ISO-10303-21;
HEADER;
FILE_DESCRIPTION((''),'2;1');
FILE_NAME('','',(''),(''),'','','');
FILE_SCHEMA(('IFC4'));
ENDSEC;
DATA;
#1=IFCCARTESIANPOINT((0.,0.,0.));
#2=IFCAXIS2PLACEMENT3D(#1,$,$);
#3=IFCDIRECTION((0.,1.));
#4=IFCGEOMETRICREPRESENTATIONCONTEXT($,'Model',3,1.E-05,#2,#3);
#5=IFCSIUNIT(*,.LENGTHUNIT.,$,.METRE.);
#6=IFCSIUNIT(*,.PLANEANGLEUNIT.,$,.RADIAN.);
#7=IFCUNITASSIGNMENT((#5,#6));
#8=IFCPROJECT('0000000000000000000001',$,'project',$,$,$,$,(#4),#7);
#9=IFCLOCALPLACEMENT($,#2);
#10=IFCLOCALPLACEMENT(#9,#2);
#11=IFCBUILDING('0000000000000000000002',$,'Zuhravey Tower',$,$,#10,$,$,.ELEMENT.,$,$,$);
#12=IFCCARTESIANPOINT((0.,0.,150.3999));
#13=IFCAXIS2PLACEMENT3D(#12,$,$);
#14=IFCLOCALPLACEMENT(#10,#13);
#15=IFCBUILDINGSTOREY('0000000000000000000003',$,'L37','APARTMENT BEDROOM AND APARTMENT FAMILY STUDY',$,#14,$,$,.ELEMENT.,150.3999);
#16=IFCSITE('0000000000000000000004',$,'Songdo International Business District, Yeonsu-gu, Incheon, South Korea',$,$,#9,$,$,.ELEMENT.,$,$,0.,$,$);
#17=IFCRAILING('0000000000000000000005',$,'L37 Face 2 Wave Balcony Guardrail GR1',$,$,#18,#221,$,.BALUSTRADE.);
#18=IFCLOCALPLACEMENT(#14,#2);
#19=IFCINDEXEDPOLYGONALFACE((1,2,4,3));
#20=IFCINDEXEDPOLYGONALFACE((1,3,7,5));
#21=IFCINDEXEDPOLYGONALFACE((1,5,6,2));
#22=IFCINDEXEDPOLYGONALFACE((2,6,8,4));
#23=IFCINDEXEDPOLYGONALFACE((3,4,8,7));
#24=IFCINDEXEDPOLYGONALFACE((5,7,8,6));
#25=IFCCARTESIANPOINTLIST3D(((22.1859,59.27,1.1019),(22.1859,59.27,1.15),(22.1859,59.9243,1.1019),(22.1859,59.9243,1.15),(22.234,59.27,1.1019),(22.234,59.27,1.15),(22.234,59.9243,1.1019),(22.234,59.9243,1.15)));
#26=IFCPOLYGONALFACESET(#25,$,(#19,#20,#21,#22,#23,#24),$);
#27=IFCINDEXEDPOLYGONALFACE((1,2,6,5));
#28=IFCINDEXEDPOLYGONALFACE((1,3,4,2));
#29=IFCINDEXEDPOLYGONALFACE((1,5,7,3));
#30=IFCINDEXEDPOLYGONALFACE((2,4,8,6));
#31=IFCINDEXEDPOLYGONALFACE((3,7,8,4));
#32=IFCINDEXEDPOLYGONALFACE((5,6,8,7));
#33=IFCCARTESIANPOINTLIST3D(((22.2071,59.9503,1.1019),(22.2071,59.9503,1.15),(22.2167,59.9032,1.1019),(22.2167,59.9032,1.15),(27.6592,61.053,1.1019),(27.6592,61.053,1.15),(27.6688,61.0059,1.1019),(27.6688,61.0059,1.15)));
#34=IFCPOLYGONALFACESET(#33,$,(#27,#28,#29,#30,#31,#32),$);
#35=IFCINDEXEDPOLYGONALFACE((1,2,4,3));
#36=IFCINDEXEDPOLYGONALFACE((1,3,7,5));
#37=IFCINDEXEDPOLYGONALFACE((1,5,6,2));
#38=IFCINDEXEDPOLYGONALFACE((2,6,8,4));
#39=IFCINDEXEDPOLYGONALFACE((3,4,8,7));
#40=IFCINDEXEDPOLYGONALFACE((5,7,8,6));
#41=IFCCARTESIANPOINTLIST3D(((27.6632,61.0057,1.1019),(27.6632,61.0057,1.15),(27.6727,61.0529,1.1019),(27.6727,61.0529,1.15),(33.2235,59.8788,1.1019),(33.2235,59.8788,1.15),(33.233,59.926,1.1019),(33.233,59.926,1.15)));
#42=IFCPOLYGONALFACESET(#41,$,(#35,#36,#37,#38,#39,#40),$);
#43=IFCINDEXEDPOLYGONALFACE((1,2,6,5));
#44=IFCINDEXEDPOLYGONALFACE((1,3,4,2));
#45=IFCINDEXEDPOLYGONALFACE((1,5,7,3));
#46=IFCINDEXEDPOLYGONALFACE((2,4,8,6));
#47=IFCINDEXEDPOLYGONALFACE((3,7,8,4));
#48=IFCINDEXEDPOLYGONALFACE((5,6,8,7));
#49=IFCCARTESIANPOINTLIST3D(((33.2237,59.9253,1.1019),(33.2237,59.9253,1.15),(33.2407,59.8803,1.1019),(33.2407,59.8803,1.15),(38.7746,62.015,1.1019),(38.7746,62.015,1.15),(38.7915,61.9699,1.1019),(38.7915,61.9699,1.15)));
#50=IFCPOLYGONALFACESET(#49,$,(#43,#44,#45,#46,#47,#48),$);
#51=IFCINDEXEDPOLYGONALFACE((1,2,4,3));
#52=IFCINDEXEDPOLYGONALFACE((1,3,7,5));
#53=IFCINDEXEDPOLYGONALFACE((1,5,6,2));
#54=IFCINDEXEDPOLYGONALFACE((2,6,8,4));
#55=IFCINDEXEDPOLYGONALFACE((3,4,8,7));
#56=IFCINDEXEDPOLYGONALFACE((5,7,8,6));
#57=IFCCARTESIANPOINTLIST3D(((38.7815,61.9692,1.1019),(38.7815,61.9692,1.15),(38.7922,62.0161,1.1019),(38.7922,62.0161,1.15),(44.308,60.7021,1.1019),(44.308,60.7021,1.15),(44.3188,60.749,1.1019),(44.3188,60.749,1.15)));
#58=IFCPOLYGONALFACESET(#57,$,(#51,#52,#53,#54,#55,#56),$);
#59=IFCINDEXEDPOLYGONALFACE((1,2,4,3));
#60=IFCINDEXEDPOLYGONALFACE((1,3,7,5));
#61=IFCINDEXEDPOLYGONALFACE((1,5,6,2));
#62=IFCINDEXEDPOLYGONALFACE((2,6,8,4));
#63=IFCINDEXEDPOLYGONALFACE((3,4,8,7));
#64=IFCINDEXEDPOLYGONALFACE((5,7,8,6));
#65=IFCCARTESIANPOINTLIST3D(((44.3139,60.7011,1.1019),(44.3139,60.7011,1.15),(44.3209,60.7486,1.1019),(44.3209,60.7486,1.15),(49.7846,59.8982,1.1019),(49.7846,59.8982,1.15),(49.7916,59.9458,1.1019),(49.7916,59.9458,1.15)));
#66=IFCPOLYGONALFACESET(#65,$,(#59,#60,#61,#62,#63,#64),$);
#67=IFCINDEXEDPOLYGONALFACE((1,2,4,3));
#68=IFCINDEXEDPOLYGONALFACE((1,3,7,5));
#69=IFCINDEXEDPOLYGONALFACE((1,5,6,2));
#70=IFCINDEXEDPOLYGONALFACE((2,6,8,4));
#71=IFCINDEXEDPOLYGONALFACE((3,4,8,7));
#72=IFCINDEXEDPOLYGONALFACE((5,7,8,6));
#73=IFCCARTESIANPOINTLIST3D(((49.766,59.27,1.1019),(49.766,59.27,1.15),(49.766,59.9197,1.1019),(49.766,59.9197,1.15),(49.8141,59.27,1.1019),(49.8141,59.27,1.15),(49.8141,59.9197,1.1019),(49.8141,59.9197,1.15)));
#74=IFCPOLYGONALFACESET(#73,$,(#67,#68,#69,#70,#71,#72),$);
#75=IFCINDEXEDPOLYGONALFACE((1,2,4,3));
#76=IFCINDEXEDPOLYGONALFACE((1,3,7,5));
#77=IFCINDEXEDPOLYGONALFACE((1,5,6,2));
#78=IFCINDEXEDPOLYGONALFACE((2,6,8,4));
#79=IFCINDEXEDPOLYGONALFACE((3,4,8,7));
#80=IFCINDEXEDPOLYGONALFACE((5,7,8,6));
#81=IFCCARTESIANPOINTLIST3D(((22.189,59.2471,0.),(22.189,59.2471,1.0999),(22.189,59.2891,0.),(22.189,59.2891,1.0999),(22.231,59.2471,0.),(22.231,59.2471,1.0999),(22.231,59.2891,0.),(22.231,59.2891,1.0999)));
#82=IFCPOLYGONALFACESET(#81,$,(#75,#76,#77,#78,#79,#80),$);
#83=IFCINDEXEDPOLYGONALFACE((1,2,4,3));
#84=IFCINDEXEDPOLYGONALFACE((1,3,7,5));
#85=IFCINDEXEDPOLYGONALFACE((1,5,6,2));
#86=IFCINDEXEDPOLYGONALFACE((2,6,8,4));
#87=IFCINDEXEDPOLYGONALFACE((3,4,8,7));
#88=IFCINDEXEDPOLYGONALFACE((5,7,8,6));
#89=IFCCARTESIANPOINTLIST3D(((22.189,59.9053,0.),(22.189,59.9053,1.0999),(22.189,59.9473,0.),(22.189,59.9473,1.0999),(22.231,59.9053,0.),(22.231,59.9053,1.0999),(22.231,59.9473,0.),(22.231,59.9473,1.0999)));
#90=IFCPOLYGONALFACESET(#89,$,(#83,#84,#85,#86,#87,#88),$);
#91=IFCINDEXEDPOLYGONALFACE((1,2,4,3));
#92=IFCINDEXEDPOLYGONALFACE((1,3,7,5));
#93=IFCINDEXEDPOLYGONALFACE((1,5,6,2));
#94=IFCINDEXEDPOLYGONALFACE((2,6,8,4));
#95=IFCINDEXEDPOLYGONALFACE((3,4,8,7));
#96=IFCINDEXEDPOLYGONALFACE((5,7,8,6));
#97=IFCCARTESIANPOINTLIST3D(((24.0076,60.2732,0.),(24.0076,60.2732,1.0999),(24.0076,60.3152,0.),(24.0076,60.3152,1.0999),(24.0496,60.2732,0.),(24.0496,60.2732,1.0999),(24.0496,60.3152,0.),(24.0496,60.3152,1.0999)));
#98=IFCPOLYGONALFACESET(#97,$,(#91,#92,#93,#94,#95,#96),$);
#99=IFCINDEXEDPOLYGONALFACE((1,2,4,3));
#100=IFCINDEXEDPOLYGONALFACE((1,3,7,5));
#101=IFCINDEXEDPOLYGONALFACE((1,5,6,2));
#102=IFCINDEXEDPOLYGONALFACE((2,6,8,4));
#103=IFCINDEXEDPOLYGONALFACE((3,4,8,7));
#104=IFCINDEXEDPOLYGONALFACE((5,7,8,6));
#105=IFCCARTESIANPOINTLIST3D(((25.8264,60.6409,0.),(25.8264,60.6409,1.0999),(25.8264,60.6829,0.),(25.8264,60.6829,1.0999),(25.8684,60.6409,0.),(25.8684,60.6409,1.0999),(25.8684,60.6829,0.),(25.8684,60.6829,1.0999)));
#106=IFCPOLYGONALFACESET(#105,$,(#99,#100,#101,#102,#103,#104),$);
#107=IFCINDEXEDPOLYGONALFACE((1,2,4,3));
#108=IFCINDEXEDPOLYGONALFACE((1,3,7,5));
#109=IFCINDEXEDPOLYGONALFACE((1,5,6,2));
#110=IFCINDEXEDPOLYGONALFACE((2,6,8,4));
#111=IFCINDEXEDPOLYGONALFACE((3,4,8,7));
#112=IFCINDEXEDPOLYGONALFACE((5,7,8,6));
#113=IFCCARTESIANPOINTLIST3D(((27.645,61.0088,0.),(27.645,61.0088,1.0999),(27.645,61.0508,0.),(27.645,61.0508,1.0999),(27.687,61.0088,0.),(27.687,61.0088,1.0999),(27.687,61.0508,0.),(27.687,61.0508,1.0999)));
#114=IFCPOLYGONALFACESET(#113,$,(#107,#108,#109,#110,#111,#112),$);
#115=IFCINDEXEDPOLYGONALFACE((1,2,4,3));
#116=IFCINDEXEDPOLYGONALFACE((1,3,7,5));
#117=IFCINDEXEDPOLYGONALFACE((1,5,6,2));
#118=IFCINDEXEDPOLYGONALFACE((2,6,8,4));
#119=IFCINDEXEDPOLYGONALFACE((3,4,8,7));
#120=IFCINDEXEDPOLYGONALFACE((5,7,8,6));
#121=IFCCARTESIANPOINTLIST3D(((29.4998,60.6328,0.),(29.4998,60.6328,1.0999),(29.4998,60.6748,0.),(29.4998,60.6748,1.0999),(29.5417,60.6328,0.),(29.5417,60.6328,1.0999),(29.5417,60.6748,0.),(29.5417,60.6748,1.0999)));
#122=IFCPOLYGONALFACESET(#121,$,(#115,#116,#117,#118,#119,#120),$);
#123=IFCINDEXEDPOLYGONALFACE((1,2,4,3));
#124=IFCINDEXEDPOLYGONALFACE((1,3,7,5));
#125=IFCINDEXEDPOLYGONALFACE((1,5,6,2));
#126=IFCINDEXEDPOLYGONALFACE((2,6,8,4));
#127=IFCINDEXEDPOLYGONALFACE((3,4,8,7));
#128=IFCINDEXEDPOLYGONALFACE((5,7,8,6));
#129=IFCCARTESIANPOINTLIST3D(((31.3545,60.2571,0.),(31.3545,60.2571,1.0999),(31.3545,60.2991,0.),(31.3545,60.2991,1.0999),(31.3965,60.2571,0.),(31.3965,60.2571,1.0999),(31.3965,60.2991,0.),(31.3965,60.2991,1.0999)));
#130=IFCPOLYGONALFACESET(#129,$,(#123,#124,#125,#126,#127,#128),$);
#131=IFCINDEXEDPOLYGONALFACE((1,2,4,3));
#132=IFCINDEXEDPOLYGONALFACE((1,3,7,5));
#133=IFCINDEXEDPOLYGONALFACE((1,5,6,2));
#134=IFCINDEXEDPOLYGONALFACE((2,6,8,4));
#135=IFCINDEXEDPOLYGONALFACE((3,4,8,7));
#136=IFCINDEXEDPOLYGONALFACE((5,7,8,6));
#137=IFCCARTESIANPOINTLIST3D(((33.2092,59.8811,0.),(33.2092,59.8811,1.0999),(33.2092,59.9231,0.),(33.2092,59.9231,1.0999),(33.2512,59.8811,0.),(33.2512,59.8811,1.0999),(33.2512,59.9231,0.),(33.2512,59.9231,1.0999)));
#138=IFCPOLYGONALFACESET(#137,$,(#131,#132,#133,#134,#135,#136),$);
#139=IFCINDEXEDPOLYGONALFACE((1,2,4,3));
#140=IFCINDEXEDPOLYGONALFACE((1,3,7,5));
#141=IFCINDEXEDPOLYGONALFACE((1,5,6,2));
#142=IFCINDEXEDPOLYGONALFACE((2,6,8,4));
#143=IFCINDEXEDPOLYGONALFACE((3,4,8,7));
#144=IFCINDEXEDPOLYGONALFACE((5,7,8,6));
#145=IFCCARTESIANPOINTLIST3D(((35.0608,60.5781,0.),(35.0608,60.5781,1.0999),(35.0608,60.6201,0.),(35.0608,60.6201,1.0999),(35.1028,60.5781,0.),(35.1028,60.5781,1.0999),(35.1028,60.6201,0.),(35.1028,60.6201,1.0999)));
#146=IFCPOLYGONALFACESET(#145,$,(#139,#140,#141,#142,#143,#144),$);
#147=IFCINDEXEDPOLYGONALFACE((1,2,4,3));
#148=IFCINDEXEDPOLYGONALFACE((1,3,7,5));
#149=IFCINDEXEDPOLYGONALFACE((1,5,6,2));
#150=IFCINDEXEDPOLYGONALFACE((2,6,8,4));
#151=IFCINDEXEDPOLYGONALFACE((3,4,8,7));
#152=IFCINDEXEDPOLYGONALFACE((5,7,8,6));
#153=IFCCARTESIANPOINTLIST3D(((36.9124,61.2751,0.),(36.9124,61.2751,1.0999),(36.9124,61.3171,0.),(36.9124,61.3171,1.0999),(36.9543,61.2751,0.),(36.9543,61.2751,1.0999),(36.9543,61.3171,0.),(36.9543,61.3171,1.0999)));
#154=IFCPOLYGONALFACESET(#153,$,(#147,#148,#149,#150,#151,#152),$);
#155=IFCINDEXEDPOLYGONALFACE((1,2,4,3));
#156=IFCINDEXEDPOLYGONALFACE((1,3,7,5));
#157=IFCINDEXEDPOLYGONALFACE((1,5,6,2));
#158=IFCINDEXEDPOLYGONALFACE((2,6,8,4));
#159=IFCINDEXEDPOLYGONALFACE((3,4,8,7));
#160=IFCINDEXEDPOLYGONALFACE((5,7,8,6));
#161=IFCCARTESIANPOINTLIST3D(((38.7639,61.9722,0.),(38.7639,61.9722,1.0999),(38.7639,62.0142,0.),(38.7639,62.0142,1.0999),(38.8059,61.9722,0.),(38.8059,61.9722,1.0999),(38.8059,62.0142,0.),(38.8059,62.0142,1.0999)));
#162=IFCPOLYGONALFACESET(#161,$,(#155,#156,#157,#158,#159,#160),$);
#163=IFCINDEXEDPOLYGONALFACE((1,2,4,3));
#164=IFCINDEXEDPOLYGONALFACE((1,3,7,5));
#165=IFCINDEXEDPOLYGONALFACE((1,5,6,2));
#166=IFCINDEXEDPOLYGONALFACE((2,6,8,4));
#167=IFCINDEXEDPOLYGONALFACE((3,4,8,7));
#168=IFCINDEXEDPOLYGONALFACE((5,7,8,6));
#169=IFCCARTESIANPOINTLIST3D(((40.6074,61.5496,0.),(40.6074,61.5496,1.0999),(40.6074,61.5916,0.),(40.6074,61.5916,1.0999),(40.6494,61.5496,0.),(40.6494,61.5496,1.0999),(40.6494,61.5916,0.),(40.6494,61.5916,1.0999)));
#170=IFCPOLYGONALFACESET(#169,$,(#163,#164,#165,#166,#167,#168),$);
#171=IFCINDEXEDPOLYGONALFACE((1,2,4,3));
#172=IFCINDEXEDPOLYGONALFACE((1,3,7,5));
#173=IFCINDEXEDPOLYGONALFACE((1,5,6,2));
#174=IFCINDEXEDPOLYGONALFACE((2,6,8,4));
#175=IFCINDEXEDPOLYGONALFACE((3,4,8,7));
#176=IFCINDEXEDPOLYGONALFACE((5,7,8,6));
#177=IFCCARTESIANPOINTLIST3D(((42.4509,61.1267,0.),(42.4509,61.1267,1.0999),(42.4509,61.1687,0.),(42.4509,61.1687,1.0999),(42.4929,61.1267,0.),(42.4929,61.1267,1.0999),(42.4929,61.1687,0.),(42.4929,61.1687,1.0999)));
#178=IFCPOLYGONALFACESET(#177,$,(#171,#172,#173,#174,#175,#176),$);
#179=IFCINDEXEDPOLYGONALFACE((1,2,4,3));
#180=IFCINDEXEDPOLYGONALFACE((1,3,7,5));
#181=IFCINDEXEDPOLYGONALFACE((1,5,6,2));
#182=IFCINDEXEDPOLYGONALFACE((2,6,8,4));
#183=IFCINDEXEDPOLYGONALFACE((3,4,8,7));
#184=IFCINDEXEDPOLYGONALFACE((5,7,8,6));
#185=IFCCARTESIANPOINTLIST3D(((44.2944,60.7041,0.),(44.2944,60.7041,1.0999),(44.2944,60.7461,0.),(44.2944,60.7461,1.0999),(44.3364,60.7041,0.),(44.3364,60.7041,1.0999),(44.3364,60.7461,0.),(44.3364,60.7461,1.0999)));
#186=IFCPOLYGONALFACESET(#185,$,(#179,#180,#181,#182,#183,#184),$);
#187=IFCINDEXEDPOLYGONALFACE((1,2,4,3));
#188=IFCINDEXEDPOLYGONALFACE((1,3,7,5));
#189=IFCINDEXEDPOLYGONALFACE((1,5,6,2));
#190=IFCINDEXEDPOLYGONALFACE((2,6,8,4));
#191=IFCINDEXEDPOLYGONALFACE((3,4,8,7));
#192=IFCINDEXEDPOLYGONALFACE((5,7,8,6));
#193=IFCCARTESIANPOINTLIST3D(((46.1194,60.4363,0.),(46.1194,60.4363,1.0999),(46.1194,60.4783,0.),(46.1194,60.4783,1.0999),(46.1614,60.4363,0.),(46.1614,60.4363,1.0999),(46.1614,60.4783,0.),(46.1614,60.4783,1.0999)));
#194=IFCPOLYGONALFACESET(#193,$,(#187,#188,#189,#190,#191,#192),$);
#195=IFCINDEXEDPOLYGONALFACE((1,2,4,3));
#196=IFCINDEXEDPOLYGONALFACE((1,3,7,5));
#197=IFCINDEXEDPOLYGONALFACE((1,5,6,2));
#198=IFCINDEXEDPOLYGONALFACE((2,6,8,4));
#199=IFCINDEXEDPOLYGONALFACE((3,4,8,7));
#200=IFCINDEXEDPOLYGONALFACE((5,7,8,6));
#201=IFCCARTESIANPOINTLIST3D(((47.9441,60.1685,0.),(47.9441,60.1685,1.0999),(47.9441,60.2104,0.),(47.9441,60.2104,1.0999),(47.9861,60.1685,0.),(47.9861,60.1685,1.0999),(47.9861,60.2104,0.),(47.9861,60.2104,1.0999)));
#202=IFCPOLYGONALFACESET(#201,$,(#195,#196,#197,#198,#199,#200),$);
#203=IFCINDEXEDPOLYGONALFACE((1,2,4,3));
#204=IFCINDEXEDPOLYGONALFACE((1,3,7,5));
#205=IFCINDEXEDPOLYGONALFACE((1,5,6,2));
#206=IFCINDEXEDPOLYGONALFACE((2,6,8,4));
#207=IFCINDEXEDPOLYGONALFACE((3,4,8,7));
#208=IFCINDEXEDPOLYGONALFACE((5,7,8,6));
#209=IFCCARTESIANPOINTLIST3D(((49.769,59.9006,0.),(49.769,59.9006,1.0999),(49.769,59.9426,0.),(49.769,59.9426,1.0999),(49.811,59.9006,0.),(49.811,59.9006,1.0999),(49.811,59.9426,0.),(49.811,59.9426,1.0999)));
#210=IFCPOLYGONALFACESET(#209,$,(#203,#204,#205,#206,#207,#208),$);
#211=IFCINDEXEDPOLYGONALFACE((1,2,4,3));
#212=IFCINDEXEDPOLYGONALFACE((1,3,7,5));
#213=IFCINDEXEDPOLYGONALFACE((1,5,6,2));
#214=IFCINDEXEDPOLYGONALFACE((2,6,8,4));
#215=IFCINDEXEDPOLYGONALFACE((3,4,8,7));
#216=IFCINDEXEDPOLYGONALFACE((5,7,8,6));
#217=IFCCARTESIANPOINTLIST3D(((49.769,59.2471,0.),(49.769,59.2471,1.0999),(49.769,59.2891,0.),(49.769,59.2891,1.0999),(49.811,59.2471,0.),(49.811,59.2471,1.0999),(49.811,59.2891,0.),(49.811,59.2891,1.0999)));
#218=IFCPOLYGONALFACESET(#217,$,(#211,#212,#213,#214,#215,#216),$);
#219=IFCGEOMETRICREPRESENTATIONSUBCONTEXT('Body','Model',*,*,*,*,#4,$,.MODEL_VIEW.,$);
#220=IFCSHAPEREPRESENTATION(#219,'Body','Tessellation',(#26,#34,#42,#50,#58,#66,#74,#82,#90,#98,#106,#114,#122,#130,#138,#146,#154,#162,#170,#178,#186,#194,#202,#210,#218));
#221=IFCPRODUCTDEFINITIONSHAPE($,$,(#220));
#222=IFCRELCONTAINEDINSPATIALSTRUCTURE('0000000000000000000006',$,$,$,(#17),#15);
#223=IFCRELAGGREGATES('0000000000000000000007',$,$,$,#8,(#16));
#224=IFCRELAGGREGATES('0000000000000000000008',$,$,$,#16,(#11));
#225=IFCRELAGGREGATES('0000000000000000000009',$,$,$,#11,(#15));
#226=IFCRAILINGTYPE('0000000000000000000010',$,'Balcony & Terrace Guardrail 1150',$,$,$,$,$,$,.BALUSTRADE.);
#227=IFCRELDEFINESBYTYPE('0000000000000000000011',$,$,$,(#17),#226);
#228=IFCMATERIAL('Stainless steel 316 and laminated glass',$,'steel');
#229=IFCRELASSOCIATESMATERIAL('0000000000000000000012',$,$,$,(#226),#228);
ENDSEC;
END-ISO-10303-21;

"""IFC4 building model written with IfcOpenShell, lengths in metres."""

from ifc_helpers import new_model, si_unit, direction, frame, origin, origin_2d, place, context, subcontext, project, spatial, rectangle, extrude, material, type_object, element, save


model = new_model("IFC4")

# Units and contexts
model_context = context("Model", 3, precision=1e-05, world=origin(), true_north=direction((0.0, 1.0)))
body_context = subcontext(model_context, "Body", "Model", "MODEL_VIEW")
ifc_project = project(units=[si_unit("LENGTHUNIT", "METRE"), si_unit("PLANEANGLEUNIT", "RADIAN")], contexts=[model_context])

# Site, building, storey
site_placement = place(None, origin())
site = spatial("IfcSite", under=ifc_project, at=site_placement, Name="Songdo International Business District, Yeonsu-gu, Incheon, South Korea", CompositionType="ELEMENT", RefElevation=0.0)
building_placement = place(site_placement, origin())
building = spatial("IfcBuilding", under=site, at=building_placement, Name="Zuhravey Tower", CompositionType="ELEMENT")
storey_placement = place(building_placement, frame((0.0, 0.0, 150.3999)))
storey = spatial("IfcBuildingStorey", under=building, at=storey_placement, Name="L37", Description="APARTMENT BEDROOM AND APARTMENT FAMILY STUDY", CompositionType="ELEMENT", Elevation=150.3999)

# Railing
ifc_material_1 = material(Name="Stainless steel 316 and laminated glass", Category="steel")
railing_type = type_object("IfcRailingType", Name="Balcony & Terrace Guardrail 1150", PredefinedType="BALUSTRADE", material=ifc_material_1)
railing_placement = place(storey_placement, frame((22.21, 59.2681, 0.0)))
element("IfcRailing", 1, at=railing_placement, inside=storey, type_object=railing_type, Name="L37 Face 2 Wave Balcony Guardrail GR1", PredefinedType="BALUSTRADE", context=body_context, shape_type="SweptSolid", body=[
    extrude(rectangle(XDim=0.0481, YDim=0.0481, at=origin_2d()), frame((0.0, 0.002, 1.126), z_axis=(0.0, 1.0, 0.0), x_axis=(-1.0, 0.0, 0.0)), (0.0, 0.0, 1.0), 0.6543),
    extrude(rectangle(XDim=0.0481, YDim=0.0481, at=origin_2d()), frame((0.002, 0.6587, 1.126), z_axis=(0.980153, 0.198241, 0.0), x_axis=(-0.198241, 0.980153, 0.0)), (0.0, 0.0, 1.0), 5.5625),
    extrude(rectangle(XDim=0.0481, YDim=0.0481, at=origin_2d()), frame((5.458, 1.7612, 1.126), z_axis=(0.980075, -0.198629, 0.0), x_axis=(0.198629, 0.980075, 0.0)), (0.0, 0.0, 1.0), 5.6733),
    extrude(rectangle(XDim=0.0481, YDim=0.0481, at=origin_2d()), frame((11.0222, 0.6348, 1.126), z_axis=(0.935882, 0.352313, 0.0), x_axis=(-0.352313, 0.935882, 0.0)), (0.0, 0.0, 1.0), 5.9312),
    extrude(rectangle(XDim=0.0481, YDim=0.0481, at=origin_2d()), frame((16.5769, 2.7246, 1.126), z_axis=(0.974707, -0.223486, 0.0), x_axis=(0.223486, 0.974707, 0.0)), (0.0, 0.0, 1.0), 5.6699),
    extrude(rectangle(XDim=0.0481, YDim=0.0481, at=origin_2d()), frame((22.1074, 1.4568, 1.126), z_axis=(0.989401, -0.145207, 0.0), x_axis=(0.145207, 0.989401, 0.0)), (0.0, 0.0, 1.0), 5.5293),
    extrude(rectangle(XDim=0.0481, YDim=0.0481, at=origin_2d()), frame((27.5801, 0.6516, 1.126), z_axis=(0.0, -1.0, 0.0), x_axis=(1.0, 0.0, 0.0)), (0.0, 0.0, 1.0), 0.6497),
    extrude(rectangle(XDim=0.042, YDim=0.042, at=origin_2d()), origin(), (0.0, 0.0, 1.0), 1.0999),
    extrude(rectangle(XDim=0.042, YDim=0.042, at=origin_2d()), frame((0.0, 0.6582, 0.0)), (0.0, 0.0, 1.0), 1.0999),
    extrude(rectangle(XDim=0.042, YDim=0.042, at=origin_2d()), frame((1.8186, 1.0261, 0.0)), (0.0, 0.0, 1.0), 1.0999),
    extrude(rectangle(XDim=0.042, YDim=0.042, at=origin_2d()), frame((3.6375, 1.3938, 0.0)), (0.0, 0.0, 1.0), 1.0999),
    extrude(rectangle(XDim=0.042, YDim=0.042, at=origin_2d()), frame((5.4561, 1.7617, 0.0)), (0.0, 0.0, 1.0), 1.0999),
    extrude(rectangle(XDim=0.042, YDim=0.042, at=origin_2d()), frame((7.3108, 1.3857, 0.0)), (0.0, 0.0, 1.0), 1.0999),
    extrude(rectangle(XDim=0.042, YDim=0.042, at=origin_2d()), frame((9.1655, 1.01, 0.0)), (0.0, 0.0, 1.0), 1.0999),
    extrude(rectangle(XDim=0.042, YDim=0.042, at=origin_2d()), frame((11.0203, 0.634, 0.0)), (0.0, 0.0, 1.0), 1.0999),
    extrude(rectangle(XDim=0.042, YDim=0.042, at=origin_2d()), frame((12.8718, 1.3311, 0.0)), (0.0, 0.0, 1.0), 1.0999),
    extrude(rectangle(XDim=0.042, YDim=0.042, at=origin_2d()), frame((14.7234, 2.0281, 0.0)), (0.0, 0.0, 1.0), 1.0999),
    extrude(rectangle(XDim=0.042, YDim=0.042, at=origin_2d()), frame((16.575, 2.7251, 0.0)), (0.0, 0.0, 1.0), 1.0999),
    extrude(rectangle(XDim=0.042, YDim=0.042, at=origin_2d()), frame((18.4185, 2.3025, 0.0)), (0.0, 0.0, 1.0), 1.0999),
    extrude(rectangle(XDim=0.042, YDim=0.042, at=origin_2d()), frame((20.262, 1.8796, 0.0)), (0.0, 0.0, 1.0), 1.0999),
    extrude(rectangle(XDim=0.042, YDim=0.042, at=origin_2d()), frame((22.1055, 1.457, 0.0)), (0.0, 0.0, 1.0), 1.0999),
    extrude(rectangle(XDim=0.042, YDim=0.042, at=origin_2d()), frame((23.9304, 1.1892, 0.0)), (0.0, 0.0, 1.0), 1.0999),
    extrude(rectangle(XDim=0.042, YDim=0.042, at=origin_2d()), frame((25.7551, 0.9214, 0.0)), (0.0, 0.0, 1.0), 1.0999),
    extrude(rectangle(XDim=0.042, YDim=0.042, at=origin_2d()), frame((27.5801, 0.6536, 0.0)), (0.0, 0.0, 1.0), 1.0999),
    extrude(rectangle(XDim=0.042, YDim=0.042, at=origin_2d()), frame((27.5801, 0.0, 0.0)), (0.0, 0.0, 1.0), 1.0999),
])

save(model, "model.ifc")
